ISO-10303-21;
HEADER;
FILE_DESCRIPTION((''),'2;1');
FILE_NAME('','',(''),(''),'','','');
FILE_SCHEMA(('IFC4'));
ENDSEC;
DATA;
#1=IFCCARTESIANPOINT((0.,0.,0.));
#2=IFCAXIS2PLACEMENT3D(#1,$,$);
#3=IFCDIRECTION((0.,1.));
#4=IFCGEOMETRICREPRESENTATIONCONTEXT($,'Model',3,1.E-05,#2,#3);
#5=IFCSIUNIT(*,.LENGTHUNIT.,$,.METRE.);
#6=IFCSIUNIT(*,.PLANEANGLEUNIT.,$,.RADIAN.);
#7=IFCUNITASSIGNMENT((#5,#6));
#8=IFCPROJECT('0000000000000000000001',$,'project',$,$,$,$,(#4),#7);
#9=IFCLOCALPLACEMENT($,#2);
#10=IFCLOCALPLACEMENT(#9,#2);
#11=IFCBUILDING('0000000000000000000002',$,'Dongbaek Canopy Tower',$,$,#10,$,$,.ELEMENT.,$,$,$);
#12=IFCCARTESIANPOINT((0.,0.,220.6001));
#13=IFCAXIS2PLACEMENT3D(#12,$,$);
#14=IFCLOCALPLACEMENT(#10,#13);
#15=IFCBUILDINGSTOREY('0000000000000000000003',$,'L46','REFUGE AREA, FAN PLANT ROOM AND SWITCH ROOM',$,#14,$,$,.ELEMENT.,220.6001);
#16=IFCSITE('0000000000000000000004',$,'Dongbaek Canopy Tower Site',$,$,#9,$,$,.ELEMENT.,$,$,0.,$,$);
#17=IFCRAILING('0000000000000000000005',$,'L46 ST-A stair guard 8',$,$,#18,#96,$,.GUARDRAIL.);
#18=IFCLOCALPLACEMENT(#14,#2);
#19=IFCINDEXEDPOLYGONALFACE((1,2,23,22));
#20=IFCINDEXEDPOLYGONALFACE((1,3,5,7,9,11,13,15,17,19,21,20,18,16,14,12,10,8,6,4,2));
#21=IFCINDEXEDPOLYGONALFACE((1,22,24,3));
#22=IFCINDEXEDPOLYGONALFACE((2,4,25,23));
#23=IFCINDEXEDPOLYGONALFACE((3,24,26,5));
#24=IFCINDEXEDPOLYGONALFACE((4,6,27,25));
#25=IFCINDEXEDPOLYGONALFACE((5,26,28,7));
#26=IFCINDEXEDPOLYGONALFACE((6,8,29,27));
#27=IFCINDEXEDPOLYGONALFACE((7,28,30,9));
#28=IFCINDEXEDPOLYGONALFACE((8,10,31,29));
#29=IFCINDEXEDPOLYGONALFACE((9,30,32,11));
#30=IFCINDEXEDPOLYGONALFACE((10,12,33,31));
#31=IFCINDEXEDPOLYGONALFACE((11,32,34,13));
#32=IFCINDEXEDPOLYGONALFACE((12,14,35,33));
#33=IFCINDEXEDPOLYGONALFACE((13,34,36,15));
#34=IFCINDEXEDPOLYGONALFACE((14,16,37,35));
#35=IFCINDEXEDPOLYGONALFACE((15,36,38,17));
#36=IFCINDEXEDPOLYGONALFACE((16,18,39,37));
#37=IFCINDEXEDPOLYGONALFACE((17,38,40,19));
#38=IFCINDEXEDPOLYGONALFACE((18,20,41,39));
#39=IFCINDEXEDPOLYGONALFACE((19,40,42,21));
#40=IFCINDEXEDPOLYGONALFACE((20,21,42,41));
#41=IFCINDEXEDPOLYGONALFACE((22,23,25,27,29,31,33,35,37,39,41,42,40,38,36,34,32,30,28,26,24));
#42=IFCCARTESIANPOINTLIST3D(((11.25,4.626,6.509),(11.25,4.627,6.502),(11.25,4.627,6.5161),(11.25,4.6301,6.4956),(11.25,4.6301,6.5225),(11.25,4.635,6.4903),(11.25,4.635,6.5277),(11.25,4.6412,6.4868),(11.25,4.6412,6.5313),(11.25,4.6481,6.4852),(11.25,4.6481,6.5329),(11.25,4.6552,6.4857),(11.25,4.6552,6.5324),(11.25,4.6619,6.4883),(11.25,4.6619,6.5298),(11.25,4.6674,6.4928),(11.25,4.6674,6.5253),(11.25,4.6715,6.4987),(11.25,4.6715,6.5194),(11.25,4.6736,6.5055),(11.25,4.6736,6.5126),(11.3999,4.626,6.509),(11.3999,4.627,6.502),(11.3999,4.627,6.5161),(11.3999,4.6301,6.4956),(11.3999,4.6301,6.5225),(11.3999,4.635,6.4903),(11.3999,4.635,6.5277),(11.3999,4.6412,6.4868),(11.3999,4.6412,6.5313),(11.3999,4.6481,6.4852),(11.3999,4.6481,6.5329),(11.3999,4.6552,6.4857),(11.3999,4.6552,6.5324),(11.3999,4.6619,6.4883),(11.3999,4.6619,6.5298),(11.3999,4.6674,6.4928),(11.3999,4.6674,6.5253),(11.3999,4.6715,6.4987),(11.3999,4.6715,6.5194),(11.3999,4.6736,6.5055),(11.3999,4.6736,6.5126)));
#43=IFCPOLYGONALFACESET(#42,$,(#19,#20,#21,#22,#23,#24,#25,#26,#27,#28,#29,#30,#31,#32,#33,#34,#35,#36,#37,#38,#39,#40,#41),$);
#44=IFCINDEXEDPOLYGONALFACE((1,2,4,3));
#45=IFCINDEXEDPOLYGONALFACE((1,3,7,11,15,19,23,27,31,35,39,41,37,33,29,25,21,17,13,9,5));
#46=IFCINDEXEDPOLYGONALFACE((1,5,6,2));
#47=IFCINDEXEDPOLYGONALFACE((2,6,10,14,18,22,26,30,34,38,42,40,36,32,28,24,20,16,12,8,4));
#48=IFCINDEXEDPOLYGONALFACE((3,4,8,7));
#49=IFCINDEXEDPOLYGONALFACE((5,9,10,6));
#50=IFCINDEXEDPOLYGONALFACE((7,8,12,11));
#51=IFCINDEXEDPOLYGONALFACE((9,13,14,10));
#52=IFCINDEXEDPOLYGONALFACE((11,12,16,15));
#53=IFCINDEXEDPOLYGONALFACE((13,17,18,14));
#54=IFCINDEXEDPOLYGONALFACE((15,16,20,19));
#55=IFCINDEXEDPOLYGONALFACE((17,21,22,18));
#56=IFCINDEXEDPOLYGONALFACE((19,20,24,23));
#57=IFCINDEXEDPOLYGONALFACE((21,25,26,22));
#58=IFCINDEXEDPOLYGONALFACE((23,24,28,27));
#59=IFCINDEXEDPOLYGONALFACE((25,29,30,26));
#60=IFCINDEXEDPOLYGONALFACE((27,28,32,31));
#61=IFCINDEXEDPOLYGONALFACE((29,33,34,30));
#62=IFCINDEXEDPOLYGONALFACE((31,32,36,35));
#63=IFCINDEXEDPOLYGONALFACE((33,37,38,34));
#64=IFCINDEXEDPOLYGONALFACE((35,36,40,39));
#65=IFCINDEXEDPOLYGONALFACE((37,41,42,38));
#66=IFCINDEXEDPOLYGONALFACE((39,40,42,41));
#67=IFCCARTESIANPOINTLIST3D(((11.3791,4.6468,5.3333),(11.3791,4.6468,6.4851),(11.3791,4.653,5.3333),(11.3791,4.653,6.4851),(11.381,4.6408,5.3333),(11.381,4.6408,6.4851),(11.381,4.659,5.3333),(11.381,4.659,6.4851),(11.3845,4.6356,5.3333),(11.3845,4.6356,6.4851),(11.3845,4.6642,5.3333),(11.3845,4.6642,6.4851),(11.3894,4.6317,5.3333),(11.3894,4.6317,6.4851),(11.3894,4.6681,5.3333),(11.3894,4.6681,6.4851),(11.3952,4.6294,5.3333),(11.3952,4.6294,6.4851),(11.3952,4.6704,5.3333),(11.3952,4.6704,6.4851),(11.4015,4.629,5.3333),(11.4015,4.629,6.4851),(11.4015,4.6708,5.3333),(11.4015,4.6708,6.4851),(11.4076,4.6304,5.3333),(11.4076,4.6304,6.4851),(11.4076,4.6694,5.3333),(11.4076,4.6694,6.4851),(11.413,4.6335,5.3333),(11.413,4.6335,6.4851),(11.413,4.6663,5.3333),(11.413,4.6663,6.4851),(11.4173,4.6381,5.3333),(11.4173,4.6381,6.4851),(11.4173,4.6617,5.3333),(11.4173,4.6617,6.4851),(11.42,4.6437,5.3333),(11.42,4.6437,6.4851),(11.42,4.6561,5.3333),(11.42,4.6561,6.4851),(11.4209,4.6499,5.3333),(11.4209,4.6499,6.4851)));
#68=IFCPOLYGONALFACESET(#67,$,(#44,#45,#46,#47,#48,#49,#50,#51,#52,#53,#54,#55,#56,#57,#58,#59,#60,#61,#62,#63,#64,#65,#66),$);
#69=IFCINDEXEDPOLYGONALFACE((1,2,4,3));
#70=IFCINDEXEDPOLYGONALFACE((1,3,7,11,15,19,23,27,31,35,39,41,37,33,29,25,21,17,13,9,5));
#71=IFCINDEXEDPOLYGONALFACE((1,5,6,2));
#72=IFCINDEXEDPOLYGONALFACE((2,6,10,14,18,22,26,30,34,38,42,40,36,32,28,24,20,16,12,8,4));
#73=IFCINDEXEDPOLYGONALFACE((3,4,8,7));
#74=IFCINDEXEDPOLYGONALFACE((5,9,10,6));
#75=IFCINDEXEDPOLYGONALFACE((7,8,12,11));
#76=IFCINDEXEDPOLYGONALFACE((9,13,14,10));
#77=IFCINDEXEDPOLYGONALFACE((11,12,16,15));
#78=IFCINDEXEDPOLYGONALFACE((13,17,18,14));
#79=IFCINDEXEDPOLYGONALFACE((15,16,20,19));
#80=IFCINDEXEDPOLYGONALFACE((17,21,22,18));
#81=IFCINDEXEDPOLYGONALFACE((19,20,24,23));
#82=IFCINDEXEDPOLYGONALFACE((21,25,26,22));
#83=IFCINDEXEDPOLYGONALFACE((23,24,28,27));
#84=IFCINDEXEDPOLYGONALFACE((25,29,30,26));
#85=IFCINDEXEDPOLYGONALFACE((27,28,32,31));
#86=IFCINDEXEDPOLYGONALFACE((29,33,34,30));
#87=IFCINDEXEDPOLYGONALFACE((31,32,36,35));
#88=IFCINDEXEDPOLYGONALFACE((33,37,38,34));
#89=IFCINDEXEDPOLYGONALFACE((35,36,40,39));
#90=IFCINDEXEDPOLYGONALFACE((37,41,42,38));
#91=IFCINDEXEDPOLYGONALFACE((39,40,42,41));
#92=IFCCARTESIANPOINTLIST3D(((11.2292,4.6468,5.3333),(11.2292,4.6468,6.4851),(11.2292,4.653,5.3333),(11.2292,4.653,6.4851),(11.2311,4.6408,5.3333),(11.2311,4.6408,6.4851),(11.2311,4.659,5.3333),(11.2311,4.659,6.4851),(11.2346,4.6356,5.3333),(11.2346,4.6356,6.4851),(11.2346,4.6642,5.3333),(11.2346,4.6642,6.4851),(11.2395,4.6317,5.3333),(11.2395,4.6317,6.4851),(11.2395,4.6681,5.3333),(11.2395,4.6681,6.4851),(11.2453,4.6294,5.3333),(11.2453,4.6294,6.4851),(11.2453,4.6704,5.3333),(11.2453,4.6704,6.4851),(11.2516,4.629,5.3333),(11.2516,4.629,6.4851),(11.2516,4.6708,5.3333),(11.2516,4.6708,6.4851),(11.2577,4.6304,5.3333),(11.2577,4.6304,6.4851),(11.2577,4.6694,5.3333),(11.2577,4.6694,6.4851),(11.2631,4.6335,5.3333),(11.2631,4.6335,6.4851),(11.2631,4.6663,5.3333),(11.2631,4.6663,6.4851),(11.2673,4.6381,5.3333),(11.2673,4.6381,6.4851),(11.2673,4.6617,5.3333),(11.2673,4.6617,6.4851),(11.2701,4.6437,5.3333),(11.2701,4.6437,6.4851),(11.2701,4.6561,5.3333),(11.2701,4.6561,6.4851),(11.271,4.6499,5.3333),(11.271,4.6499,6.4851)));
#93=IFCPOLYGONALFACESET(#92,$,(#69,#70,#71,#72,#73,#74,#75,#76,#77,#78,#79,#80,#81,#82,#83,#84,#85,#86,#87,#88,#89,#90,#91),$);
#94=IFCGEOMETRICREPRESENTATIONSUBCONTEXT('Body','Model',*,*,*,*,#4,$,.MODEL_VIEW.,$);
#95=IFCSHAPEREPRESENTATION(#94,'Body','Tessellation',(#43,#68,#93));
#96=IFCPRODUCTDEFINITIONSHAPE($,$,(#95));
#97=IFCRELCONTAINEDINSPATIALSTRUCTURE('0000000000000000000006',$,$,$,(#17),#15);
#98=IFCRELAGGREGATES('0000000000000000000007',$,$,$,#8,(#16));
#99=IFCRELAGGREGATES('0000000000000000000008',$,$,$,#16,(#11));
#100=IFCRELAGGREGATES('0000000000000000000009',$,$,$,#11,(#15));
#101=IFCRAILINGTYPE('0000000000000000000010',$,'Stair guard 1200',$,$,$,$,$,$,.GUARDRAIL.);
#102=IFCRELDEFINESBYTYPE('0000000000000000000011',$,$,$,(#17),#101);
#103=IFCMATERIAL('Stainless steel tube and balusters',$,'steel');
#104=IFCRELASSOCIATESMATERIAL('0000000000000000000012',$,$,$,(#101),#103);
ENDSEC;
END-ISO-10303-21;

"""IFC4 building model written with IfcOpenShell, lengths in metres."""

from ifc_helpers import new_model, si_unit, direction, frame, origin, origin_2d, place, context, subcontext, project, spatial, circle, extrude, material, type_object, element, save


model = new_model("IFC4")

# Units and contexts
model_context = context("Model", 3, precision=1e-05, world=origin(), true_north=direction((0.0, 1.0)))
body_context = subcontext(model_context, "Body", "Model", "MODEL_VIEW")
ifc_project = project(units=[si_unit("LENGTHUNIT", "METRE"), si_unit("PLANEANGLEUNIT", "RADIAN")], contexts=[model_context])

# Site, building, storey
site_placement = place(None, origin())
site = spatial("IfcSite", under=ifc_project, at=site_placement, Name="Dongbaek Canopy Tower Site", CompositionType="ELEMENT", RefElevation=0.0)
building_placement = place(site_placement, origin())
building = spatial("IfcBuilding", under=site, at=building_placement, Name="Dongbaek Canopy Tower", CompositionType="ELEMENT")
storey_placement = place(building_placement, frame((0.0, 0.0, 220.6001)))
storey = spatial("IfcBuildingStorey", under=building, at=storey_placement, Name="L46", Description="REFUGE AREA, FAN PLANT ROOM AND SWITCH ROOM", CompositionType="ELEMENT", Elevation=220.6001)

# Railing
ifc_material_1 = material(Name="Stainless steel tube and balusters", Category="steel")
railing_type_1 = type_object("IfcRailingType", Name="Stair guard 1200", PredefinedType="GUARDRAIL", material=ifc_material_1)
railing_1_placement = place(storey_placement, frame((11.3999, 4.6499, 5.3333)))
element("IfcRailing", 1, at=railing_1_placement, inside=storey, type_object=railing_type_1, Name="L46 ST-A stair guard 8", PredefinedType="GUARDRAIL", context=body_context, shape_type="SweptSolid", body=[
    extrude(circle(Radius=0.0239, at=origin_2d()), frame((0.0, 0.0, 1.1758), z_axis=(-1.0, 0.0, 0.0), x_axis=(0.0, -1.0, 0.0)), (0.0, 0.0, 1.0), 0.1499),
    extrude(circle(Radius=0.021, at=origin_2d()), origin(), (0.0, 0.0, 1.0), 1.1519),
    extrude(circle(Radius=0.021, at=origin_2d()), frame((-0.1499, 0.0, 0.0)), (0.0, 0.0, 1.0), 1.1519),
])

save(model, "model.ifc")
